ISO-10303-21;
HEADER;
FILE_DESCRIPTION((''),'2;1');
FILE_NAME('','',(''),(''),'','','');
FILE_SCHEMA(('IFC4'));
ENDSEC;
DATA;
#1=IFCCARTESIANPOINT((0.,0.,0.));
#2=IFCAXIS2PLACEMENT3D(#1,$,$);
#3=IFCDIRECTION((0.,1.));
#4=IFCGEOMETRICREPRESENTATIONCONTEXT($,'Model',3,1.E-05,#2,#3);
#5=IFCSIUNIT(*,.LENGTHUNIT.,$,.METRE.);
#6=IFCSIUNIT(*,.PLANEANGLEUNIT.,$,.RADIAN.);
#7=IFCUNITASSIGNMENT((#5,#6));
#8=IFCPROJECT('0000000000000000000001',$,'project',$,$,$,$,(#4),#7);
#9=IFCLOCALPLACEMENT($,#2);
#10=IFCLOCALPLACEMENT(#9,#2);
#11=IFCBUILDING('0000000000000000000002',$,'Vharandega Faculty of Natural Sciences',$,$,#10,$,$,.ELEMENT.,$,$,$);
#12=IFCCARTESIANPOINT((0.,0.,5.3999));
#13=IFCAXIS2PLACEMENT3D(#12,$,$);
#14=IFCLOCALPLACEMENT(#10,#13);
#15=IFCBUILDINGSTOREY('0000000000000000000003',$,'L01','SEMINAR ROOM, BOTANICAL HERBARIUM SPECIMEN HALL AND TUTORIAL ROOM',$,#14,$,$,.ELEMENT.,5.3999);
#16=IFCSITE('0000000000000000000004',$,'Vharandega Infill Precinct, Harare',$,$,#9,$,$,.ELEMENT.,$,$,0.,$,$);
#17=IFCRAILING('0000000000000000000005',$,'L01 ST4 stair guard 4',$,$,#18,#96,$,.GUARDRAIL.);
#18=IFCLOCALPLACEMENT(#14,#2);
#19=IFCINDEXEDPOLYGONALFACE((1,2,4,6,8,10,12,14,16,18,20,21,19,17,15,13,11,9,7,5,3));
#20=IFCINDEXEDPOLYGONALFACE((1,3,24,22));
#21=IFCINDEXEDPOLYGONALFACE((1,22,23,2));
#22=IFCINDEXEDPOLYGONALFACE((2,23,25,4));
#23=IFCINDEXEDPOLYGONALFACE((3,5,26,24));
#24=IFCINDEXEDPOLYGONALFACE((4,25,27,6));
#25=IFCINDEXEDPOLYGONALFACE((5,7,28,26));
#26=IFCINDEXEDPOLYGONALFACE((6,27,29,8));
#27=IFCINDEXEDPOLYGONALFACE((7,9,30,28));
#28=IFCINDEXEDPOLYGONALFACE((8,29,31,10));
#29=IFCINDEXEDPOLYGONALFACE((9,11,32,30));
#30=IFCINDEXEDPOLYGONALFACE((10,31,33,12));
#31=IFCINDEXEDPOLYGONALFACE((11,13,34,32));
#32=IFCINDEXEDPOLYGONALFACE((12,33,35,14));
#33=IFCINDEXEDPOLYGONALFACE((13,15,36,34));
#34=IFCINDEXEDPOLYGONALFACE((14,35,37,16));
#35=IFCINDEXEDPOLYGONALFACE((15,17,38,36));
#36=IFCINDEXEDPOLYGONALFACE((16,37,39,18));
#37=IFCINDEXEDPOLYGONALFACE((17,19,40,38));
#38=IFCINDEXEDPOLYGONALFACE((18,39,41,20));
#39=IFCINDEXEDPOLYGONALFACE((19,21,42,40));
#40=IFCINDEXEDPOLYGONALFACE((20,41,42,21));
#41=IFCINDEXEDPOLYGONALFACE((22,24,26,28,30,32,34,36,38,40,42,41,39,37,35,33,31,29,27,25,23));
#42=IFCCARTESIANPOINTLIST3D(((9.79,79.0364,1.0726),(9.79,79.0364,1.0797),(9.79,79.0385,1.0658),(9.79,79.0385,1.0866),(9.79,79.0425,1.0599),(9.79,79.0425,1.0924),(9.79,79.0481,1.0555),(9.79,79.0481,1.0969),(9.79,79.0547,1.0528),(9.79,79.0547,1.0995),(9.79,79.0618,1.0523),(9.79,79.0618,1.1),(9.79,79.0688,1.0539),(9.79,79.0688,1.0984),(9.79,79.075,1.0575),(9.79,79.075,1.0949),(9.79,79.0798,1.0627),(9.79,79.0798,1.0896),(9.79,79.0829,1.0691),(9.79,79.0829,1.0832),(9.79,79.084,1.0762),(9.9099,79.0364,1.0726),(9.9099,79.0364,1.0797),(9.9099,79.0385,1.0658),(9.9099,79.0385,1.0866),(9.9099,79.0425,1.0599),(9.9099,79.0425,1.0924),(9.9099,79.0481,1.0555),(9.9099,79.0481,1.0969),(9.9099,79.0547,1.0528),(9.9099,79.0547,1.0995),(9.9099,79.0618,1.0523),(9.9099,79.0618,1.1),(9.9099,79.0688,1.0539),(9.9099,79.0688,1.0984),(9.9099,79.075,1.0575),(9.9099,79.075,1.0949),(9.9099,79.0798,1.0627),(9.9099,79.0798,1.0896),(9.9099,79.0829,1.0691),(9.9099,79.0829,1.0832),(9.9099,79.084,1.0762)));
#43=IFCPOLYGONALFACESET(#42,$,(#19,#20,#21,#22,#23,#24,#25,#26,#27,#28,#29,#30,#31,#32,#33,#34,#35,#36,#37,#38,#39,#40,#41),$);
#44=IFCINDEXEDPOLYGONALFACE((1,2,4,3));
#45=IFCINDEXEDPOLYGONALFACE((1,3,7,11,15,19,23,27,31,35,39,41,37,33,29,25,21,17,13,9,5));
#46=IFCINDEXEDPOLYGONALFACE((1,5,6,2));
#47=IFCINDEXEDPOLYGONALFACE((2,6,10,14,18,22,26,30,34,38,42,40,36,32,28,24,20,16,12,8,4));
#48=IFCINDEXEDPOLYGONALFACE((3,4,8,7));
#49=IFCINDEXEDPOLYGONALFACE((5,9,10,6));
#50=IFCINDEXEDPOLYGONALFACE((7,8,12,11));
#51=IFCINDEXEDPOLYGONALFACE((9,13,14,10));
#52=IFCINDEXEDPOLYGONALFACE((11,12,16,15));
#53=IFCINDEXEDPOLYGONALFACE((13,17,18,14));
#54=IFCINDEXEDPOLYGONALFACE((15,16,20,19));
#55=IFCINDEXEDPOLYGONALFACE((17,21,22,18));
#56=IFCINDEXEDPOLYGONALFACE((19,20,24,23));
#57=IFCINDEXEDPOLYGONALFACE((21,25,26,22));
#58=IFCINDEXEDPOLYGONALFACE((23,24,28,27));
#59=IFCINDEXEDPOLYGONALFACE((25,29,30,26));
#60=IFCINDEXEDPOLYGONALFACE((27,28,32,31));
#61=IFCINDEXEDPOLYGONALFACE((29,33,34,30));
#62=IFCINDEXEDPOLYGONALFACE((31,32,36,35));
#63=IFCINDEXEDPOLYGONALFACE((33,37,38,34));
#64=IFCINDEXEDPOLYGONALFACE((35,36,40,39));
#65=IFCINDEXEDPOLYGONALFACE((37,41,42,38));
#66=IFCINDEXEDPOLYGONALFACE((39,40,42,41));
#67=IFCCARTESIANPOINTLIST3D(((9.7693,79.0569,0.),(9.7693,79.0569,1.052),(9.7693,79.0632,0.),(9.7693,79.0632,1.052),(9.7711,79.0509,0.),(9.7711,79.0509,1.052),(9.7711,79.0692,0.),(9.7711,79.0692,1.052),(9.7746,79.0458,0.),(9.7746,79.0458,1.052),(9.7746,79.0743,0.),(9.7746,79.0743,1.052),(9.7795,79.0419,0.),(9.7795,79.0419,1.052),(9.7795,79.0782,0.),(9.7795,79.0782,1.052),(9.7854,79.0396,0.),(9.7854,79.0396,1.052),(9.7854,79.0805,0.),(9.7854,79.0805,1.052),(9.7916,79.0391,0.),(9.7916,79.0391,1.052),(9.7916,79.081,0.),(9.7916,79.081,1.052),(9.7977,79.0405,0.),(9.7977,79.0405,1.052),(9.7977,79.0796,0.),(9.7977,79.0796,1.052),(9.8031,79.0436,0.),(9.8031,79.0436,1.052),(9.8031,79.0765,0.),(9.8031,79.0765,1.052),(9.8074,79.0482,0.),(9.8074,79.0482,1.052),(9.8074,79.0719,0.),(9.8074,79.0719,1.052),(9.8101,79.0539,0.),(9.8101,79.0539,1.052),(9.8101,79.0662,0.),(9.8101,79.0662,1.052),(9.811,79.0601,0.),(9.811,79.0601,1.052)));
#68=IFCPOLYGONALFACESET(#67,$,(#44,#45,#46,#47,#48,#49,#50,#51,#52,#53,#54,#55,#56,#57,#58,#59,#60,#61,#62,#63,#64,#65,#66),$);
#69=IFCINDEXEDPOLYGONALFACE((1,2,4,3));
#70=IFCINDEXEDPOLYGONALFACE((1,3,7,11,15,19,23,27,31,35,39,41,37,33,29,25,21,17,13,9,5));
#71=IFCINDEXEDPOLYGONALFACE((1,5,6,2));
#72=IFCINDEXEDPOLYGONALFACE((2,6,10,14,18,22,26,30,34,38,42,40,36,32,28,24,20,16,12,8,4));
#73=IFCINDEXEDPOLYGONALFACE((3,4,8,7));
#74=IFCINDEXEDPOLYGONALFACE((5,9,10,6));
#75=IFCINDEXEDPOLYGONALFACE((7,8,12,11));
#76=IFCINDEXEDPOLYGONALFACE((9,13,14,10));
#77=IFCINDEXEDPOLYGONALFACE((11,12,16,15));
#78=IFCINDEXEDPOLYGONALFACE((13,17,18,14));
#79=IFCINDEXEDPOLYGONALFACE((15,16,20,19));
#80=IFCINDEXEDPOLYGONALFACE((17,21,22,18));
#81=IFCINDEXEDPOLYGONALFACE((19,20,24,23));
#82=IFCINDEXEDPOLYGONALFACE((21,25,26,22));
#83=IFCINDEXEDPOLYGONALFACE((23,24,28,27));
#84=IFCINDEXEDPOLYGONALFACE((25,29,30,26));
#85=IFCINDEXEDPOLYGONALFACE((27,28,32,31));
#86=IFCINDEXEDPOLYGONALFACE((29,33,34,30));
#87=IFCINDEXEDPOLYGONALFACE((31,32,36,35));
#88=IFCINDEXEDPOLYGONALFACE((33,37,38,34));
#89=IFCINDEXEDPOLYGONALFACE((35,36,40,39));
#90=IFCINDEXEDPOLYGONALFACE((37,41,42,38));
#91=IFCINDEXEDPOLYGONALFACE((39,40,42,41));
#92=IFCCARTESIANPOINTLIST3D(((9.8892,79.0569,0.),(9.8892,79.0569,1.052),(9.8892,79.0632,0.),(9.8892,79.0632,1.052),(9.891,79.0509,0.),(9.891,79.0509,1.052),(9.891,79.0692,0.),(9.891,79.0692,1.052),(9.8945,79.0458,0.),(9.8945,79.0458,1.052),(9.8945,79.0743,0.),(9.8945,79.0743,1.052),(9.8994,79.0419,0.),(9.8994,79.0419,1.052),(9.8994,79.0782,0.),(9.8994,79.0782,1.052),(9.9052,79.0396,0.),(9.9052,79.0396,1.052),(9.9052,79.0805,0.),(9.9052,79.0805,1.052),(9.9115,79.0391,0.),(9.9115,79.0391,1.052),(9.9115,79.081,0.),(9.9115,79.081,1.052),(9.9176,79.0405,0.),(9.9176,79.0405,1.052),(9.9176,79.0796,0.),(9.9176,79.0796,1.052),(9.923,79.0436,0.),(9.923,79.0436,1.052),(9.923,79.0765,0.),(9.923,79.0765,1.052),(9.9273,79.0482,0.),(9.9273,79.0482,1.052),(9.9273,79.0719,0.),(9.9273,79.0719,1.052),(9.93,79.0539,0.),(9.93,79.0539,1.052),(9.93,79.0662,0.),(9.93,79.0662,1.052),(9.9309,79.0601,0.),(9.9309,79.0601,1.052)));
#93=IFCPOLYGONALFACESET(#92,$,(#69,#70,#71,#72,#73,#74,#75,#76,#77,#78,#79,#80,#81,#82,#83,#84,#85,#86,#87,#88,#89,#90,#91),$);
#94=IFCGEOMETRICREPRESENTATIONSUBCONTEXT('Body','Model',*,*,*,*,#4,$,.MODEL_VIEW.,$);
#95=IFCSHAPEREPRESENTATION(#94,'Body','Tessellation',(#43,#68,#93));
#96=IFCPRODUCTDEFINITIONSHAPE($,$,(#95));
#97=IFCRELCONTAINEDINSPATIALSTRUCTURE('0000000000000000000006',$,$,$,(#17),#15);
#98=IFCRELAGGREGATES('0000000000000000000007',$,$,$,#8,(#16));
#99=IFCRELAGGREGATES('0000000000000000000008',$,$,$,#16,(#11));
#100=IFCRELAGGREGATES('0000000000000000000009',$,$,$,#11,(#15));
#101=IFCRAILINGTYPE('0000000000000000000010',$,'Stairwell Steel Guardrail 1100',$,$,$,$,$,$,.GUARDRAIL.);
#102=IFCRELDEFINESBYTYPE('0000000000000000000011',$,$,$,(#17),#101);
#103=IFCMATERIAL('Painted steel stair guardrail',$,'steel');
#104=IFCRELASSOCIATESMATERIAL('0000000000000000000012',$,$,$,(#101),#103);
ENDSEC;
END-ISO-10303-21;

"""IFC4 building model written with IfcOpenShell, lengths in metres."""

from ifc_helpers import new_model, si_unit, direction, frame, origin, origin_2d, place, context, subcontext, project, spatial, circle, extrude, material, type_object, element, save


model = new_model("IFC4")

# Units and contexts
model_context = context("Model", 3, precision=1e-05, world=origin(), true_north=direction((0.0, 1.0)))
body_context = subcontext(model_context, "Body", "Model", "MODEL_VIEW")
ifc_project = project(units=[si_unit("LENGTHUNIT", "METRE"), si_unit("PLANEANGLEUNIT", "RADIAN")], contexts=[model_context])

# Site, building, storey
site_placement = place(None, origin())
site = spatial("IfcSite", under=ifc_project, at=site_placement, Name="Vharandega Infill Precinct, Harare", CompositionType="ELEMENT", RefElevation=0.0)
building_placement = place(site_placement, origin())
building = spatial("IfcBuilding", under=site, at=building_placement, Name="Vharandega Faculty of Natural Sciences", CompositionType="ELEMENT")
storey_placement = place(building_placement, frame((0.0, 0.0, 5.3999)))
storey = spatial("IfcBuildingStorey", under=building, at=storey_placement, Name="L01", Description="SEMINAR ROOM, BOTANICAL HERBARIUM SPECIMEN HALL AND TUTORIAL ROOM", CompositionType="ELEMENT", Elevation=5.3999)

# Railing
ifc_material_1 = material(Name="Painted steel stair guardrail", Category="steel")
railing_type_1 = type_object("IfcRailingType", Name="Stairwell Steel Guardrail 1100", PredefinedType="GUARDRAIL", material=ifc_material_1)
railing_1_placement = place(storey_placement, frame((9.79, 79.0601, 0.0)))
element("IfcRailing", 1, at=railing_1_placement, inside=storey, type_object=railing_type_1, Name="L01 ST4 stair guard 4", PredefinedType="GUARDRAIL", context=body_context, shape_type="SweptSolid", body=[
    extrude(circle(Radius=0.0239, at=origin_2d()), frame((0.0, 0.0, 1.0762), z_axis=(1.0, 0.0, 0.0), x_axis=(0.0, 1.0, 0.0)), (0.0, 0.0, 1.0), 0.1199),
    extrude(circle(Radius=0.021, at=origin_2d()), origin(), (0.0, 0.0, 1.0), 1.052),
    extrude(circle(Radius=0.021, at=origin_2d()), frame((0.1199, 0.0, 0.0)), (0.0, 0.0, 1.0), 1.052),
])

save(model, "model.ifc")
